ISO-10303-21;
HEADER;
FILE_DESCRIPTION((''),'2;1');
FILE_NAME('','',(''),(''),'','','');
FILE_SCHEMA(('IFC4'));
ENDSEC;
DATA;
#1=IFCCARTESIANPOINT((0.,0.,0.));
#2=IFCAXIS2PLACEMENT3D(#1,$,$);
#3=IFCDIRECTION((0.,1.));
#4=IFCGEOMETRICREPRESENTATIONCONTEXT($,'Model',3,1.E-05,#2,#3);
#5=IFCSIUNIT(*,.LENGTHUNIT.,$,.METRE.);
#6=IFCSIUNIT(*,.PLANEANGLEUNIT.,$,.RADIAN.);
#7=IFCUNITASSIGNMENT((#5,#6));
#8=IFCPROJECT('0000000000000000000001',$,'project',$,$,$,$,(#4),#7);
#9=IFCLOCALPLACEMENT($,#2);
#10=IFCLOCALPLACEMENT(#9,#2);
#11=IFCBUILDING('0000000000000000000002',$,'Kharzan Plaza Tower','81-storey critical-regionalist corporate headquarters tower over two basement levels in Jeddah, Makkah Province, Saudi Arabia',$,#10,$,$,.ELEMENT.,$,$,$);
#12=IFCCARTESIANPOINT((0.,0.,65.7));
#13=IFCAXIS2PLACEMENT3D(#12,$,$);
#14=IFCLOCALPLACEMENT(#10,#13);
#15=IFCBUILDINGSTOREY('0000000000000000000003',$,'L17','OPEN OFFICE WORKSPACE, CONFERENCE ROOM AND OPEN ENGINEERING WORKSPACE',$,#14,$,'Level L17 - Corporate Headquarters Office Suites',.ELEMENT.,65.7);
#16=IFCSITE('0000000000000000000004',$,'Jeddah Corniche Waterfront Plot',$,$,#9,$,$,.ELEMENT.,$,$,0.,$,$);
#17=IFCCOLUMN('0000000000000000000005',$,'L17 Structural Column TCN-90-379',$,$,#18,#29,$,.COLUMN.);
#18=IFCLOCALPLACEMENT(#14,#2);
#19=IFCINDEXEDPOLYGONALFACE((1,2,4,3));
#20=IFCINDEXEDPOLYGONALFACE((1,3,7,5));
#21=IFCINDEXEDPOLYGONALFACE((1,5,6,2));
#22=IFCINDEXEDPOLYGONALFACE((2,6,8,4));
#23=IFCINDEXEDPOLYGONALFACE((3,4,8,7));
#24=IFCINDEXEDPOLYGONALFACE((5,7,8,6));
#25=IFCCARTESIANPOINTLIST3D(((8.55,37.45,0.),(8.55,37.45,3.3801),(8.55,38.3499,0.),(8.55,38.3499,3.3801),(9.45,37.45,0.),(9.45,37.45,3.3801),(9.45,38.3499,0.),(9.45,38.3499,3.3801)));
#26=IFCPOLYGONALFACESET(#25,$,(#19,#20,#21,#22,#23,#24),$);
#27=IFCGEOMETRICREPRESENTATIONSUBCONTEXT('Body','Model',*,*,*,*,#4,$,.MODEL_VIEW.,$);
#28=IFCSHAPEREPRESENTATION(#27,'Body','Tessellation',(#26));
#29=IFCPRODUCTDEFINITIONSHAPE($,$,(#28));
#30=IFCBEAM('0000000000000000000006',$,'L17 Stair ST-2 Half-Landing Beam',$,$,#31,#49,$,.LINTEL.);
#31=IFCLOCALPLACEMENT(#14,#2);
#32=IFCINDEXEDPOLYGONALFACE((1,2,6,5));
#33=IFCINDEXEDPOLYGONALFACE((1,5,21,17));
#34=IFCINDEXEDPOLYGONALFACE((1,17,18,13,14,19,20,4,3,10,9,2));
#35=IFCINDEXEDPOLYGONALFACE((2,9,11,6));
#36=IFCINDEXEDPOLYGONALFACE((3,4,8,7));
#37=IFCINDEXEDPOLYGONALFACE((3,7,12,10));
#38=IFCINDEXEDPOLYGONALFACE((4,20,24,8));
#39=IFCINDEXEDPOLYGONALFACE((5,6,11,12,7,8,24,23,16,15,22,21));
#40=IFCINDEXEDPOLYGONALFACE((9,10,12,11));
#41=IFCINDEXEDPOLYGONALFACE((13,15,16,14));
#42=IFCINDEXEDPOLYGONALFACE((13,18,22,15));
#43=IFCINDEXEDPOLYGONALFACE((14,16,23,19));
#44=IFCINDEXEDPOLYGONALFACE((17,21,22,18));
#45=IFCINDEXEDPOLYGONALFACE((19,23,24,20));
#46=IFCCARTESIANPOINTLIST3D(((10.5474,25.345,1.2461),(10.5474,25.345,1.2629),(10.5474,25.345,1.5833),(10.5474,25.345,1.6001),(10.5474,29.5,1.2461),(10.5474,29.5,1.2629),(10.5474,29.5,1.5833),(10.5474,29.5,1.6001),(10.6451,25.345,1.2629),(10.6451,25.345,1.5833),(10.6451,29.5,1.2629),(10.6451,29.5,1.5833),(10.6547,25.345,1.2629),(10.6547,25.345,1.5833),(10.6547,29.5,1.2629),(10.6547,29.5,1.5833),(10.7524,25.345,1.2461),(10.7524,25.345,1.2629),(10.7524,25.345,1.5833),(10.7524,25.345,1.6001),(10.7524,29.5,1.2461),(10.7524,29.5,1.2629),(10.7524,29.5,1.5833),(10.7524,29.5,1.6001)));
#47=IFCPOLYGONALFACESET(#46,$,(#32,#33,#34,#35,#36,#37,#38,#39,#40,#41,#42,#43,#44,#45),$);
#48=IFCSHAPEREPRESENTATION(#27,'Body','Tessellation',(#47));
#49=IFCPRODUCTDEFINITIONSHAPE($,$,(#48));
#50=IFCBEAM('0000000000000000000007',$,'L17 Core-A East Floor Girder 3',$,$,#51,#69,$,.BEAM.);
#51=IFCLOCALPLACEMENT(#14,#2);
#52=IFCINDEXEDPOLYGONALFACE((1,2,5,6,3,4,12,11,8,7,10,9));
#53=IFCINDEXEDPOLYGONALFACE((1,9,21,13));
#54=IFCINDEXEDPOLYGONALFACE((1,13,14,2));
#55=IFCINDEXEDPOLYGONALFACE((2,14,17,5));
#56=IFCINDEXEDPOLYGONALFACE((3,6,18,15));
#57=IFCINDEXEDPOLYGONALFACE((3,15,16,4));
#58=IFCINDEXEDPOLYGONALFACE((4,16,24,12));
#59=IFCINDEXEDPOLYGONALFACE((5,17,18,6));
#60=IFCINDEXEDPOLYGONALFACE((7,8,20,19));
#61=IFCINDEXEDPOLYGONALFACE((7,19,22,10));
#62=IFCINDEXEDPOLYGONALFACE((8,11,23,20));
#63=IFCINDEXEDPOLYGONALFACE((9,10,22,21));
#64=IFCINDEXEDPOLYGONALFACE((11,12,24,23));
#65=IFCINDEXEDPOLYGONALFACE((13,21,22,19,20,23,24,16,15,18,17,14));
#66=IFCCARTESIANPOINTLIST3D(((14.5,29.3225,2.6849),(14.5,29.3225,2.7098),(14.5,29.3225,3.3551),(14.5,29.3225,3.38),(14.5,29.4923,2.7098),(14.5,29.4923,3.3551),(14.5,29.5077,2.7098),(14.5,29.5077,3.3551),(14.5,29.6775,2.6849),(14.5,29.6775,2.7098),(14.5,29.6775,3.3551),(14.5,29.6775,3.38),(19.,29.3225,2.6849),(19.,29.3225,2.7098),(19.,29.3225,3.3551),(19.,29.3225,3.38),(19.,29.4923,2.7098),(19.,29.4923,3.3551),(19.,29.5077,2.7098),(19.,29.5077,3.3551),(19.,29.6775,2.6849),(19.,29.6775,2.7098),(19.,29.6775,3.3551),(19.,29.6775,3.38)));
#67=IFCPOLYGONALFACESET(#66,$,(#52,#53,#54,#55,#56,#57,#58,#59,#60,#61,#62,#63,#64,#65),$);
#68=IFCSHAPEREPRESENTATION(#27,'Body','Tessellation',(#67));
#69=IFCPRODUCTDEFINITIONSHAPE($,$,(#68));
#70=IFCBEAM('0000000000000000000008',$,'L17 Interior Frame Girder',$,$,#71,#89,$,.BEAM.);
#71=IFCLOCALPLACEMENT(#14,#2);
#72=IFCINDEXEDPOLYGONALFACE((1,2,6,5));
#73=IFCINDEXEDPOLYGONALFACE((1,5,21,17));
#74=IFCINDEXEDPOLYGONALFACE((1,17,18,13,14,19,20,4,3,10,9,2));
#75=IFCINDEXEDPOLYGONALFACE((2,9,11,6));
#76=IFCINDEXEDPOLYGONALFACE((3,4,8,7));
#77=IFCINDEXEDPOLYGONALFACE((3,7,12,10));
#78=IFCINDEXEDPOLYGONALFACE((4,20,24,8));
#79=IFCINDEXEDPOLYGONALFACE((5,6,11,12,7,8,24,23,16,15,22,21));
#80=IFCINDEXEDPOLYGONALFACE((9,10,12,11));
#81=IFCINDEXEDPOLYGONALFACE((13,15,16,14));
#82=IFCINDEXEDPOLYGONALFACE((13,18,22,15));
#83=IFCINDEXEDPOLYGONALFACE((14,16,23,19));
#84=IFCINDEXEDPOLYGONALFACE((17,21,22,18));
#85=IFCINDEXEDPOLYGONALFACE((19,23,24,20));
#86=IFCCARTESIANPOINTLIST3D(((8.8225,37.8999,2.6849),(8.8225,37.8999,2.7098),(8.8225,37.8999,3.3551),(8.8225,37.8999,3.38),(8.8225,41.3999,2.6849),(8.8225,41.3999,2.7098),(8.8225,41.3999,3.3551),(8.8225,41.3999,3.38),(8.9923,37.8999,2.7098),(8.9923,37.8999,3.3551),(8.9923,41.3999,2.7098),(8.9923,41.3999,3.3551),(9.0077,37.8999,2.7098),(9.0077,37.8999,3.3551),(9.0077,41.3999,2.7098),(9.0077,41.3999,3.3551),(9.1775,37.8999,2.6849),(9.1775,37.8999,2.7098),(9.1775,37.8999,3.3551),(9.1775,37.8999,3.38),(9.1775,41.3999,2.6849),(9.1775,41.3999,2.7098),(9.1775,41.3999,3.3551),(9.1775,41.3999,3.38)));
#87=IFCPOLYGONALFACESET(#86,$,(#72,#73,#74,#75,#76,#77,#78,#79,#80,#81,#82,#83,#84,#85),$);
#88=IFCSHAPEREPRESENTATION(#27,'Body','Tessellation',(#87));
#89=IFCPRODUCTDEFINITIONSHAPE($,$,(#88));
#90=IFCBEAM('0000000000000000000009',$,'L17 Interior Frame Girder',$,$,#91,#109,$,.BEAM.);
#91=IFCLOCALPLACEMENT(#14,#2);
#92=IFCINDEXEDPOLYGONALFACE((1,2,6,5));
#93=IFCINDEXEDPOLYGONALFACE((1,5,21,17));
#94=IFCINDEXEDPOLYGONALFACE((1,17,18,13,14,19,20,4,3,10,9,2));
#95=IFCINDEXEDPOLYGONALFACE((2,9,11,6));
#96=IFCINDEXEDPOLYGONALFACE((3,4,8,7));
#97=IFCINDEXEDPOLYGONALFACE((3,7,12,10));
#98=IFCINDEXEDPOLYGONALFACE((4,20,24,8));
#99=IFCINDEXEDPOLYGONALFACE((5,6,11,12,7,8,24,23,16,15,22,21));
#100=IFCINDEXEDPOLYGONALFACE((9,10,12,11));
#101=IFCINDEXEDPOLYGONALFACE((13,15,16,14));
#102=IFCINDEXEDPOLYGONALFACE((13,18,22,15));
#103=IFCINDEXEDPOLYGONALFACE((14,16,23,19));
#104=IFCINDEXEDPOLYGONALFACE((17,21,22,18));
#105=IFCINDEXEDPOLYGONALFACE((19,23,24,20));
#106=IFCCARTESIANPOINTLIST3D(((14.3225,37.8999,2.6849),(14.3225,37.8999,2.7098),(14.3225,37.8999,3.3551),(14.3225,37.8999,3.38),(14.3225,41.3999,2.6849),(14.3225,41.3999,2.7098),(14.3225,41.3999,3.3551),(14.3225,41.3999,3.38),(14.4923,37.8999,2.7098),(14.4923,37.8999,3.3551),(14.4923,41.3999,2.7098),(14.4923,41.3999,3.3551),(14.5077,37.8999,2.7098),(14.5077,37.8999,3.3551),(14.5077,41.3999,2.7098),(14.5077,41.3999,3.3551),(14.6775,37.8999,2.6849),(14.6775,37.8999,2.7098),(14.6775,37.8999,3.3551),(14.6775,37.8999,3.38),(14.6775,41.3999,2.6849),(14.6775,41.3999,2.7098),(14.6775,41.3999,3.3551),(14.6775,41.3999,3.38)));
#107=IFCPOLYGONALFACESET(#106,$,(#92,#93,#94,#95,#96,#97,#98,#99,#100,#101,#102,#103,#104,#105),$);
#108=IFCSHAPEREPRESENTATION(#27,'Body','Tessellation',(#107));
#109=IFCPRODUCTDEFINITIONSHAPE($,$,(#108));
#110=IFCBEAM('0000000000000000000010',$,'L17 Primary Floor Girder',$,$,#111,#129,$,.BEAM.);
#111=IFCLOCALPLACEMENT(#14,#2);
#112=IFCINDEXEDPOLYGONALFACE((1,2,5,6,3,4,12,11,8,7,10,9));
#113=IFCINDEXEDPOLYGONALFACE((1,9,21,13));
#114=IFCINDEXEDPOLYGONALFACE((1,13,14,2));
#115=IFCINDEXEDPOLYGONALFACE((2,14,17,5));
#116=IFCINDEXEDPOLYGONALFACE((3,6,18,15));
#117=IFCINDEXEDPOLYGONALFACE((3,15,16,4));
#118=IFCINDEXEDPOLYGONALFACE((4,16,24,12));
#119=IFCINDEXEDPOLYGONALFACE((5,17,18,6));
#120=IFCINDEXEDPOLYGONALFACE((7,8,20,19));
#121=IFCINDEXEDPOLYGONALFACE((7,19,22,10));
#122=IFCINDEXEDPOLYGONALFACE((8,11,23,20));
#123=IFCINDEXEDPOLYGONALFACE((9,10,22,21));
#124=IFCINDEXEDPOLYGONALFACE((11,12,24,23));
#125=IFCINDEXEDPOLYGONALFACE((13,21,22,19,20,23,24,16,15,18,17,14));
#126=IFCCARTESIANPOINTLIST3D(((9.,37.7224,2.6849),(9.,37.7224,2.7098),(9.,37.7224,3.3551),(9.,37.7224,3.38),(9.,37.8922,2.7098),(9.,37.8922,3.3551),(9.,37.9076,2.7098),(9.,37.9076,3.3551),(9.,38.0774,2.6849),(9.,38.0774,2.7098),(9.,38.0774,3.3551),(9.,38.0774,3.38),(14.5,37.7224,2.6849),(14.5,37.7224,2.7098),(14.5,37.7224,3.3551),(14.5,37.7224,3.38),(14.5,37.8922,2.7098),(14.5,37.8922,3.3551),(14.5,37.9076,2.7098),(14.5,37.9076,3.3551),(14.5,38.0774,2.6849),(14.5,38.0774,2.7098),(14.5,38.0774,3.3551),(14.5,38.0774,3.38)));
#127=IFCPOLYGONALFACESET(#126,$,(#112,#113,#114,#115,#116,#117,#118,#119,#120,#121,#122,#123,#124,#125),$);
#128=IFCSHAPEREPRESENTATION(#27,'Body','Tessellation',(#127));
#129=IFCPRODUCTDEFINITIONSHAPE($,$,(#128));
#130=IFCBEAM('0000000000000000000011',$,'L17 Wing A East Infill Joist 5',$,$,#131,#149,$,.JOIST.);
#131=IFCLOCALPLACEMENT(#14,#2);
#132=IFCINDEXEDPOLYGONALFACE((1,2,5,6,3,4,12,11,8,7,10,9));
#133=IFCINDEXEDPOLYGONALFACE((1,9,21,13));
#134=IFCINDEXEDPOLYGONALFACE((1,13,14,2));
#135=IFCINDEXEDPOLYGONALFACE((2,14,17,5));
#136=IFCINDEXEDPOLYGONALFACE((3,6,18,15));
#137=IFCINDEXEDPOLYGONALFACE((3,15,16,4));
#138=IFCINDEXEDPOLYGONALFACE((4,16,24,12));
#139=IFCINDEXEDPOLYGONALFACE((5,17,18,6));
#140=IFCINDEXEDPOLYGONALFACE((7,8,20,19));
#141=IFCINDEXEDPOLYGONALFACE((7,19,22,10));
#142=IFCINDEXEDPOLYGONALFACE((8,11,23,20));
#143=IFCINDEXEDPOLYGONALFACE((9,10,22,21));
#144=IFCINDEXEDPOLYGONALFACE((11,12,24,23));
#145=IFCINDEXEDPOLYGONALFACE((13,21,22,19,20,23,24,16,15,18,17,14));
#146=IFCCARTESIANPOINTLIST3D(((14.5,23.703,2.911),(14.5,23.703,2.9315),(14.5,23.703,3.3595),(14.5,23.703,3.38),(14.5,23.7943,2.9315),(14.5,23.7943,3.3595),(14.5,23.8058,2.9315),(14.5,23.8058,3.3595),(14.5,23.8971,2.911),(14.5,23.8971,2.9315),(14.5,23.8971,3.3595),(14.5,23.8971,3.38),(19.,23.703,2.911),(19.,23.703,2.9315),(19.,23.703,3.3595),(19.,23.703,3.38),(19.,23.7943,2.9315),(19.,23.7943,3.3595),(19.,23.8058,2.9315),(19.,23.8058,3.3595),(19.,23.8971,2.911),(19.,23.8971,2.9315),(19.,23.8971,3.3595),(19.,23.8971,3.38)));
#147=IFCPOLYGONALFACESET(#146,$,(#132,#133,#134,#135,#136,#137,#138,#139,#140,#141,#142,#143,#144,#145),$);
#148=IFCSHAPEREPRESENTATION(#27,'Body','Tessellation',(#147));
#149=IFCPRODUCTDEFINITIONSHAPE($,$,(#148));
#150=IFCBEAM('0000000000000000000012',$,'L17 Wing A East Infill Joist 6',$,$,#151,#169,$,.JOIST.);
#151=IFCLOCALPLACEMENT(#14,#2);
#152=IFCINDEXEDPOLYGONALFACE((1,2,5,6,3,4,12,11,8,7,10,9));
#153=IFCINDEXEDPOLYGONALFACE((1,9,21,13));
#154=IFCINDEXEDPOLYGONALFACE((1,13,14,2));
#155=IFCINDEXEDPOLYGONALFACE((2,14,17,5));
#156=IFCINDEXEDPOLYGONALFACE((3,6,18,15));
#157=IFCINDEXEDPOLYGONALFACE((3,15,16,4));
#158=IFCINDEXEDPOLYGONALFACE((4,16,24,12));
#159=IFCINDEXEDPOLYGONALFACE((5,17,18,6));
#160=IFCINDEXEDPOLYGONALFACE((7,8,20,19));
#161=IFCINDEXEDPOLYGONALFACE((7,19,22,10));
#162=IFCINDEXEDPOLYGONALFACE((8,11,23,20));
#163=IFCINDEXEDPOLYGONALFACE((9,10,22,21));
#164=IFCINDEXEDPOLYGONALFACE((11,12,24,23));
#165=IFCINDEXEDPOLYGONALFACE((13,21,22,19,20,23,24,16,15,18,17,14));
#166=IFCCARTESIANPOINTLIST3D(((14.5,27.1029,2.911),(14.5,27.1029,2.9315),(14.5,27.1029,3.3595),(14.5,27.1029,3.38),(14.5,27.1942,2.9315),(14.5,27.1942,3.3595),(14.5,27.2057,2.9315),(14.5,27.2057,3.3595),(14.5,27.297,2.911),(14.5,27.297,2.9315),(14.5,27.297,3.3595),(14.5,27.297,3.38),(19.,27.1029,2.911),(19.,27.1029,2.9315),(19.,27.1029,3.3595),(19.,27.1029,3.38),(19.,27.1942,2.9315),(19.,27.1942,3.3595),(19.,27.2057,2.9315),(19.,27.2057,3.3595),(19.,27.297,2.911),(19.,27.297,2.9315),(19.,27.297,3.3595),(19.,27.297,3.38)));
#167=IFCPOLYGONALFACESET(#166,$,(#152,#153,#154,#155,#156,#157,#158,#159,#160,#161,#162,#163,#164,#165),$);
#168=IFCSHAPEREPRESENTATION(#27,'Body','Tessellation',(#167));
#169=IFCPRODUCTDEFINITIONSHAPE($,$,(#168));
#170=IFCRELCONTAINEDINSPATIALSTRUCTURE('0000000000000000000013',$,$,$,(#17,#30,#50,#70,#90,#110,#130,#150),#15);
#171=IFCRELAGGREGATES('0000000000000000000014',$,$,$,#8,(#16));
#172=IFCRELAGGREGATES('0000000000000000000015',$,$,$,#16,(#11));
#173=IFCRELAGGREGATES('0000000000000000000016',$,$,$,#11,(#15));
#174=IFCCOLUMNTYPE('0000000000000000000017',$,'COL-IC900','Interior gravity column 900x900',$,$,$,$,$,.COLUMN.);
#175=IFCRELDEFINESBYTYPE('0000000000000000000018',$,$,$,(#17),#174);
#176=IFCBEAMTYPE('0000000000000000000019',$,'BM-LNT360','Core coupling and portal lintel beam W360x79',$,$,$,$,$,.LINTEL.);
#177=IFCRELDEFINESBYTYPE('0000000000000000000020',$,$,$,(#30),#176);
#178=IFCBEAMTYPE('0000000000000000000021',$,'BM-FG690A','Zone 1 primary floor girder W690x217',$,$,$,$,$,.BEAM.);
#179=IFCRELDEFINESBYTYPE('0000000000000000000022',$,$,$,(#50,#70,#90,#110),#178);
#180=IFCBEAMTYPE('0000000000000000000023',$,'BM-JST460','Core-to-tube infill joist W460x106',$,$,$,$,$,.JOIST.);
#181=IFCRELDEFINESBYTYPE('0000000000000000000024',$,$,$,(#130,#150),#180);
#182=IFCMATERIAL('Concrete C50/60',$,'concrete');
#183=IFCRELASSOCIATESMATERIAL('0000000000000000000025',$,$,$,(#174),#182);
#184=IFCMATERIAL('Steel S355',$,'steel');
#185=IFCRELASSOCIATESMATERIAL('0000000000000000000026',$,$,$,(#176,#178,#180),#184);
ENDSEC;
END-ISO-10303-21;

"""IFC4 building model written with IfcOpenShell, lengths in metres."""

from ifc_helpers import new_model, si_unit, direction, frame, origin, origin_2d, place, context, subcontext, project, spatial, rectangle, i_section, extrude, source, transform, mapped, material, material_profile, profile_set, type_object, element, save


model = new_model("IFC4")

# Units and contexts
model_context = context("Model", 3, precision=1e-05, world=origin(), true_north=direction((0.0, 1.0)))
body_context = subcontext(model_context, "Body", "Model", "MODEL_VIEW")
ifc_project = project(units=[si_unit("LENGTHUNIT", "METRE"), si_unit("PLANEANGLEUNIT", "RADIAN")], contexts=[model_context])

# Site, building, storey
site_placement = place(None, origin())
site = spatial("IfcSite", under=ifc_project, at=site_placement, Name="Jeddah Corniche Waterfront Plot", CompositionType="ELEMENT", RefElevation=0.0)
building_placement = place(site_placement, origin())
building = spatial("IfcBuilding", under=site, at=building_placement, Name="Kharzan Plaza Tower", Description="81-storey critical-regionalist corporate headquarters tower over two basement levels in Jeddah, Makkah Province, Saudi Arabia", CompositionType="ELEMENT")
storey_placement = place(building_placement, frame((0.0, 0.0, 65.7)))
storey = spatial("IfcBuildingStorey", under=building, at=storey_placement, Name="L17", Description="OPEN OFFICE WORKSPACE, CONFERENCE ROOM AND OPEN ENGINEERING WORKSPACE", LongName="Level L17 - Corporate Headquarters Office Suites", CompositionType="ELEMENT", Elevation=65.7)

# Column
ifc_material_1 = material(Name="Concrete C50/60", Category="concrete")
ifc_material_profile_1 = material_profile(ifc_material_1, rectangle(XDim=0.8999, YDim=0.8999, at=origin_2d()), Name="RC-IC900x900")
ifc_profile_set_1 = profile_set([ifc_material_profile_1], Name="Concrete C50/60")
column_type = type_object("IfcColumnType", Name="COL-IC900", Description="Interior gravity column 900x900", PredefinedType="COLUMN", material=ifc_profile_set_1)
shared_shape_1 = source(origin(), body_context, "Body", "SweptSolid", [
    extrude(rectangle(XDim=0.8999, YDim=0.8999, at=origin_2d()), origin(), (0.0, 0.0, 1.0), 3.3801),
])
column_placement = place(storey_placement, frame((9.0, 37.8999, 0.0), z_axis=(0.0, 0.0, 1.0), x_axis=(1.0, 0.0, 0.0)))
element("IfcColumn", 1, at=column_placement, inside=storey, type_object=column_type, Name="L17 Structural Column TCN-90-379", PredefinedType="COLUMN", context=body_context, shape_type="MappedRepresentation", body=[
    mapped(shared_shape_1, transform((0.0, 0.0, 0.0), x_axis=(1.0, 0.0, 0.0), y_axis=(0.0, 1.0, 0.0), z_axis=(0.0, 0.0, 1.0))),
])

# Beams
ifc_material_2 = material(Name="Steel S355", Category="steel")
ifc_material_profile_2 = material_profile(ifc_material_2, i_section(OverallWidth=0.2051, OverallDepth=0.354, WebThickness=0.0095, FlangeThickness=0.0168, at=origin_2d()), Name="W360x79")
ifc_profile_set_2 = profile_set([ifc_material_profile_2], Name="Steel S355")
beam_type_1 = type_object("IfcBeamType", Name="BM-LNT360", Description="Core coupling and portal lintel beam W360x79", PredefinedType="LINTEL", material=ifc_profile_set_2)
shared_shape_2 = source(origin(), body_context, "Body", "SweptSolid", [
    extrude(i_section(OverallWidth=0.2051, OverallDepth=0.354, WebThickness=0.0095, FlangeThickness=0.0168, at=origin_2d()), origin(), (0.0, 0.0, 1.0), 4.155),
])
beam_1_placement = place(storey_placement, frame((10.6499, 25.345, 1.4231), z_axis=(0.0, 1.0, 0.0), x_axis=(-1.0, 0.0, 0.0)))
element("IfcBeam", 2, at=beam_1_placement, inside=storey, type_object=beam_type_1, Name="L17 Stair ST-2 Half-Landing Beam", PredefinedType="LINTEL", context=body_context, shape_type="MappedRepresentation", body=[
    mapped(shared_shape_2, transform((0.0, 0.0, 0.0), x_axis=(1.0, 0.0, 0.0), y_axis=(0.0, 1.0, 0.0), z_axis=(0.0, 0.0, 1.0))),
])
ifc_material_profile_3 = material_profile(ifc_material_2, i_section(OverallWidth=0.355, OverallDepth=0.6951, WebThickness=0.0154, FlangeThickness=0.0249, at=origin_2d()), Name="W690x217")
ifc_profile_set_3 = profile_set([ifc_material_profile_3], Name="Steel S355")
beam_type_2 = type_object("IfcBeamType", Name="BM-FG690A", Description="Zone 1 primary floor girder W690x217", PredefinedType="BEAM", material=ifc_profile_set_3)
shared_shape_3 = source(origin(), body_context, "Body", "SweptSolid", [
    extrude(i_section(OverallWidth=0.355, OverallDepth=0.6951, WebThickness=0.0154, FlangeThickness=0.0249, at=origin_2d()), origin(), (0.0, 0.0, 1.0), 4.5),
])
beam_2_placement = place(storey_placement, frame((14.5, 29.5, 3.0325), z_axis=(1.0, 0.0, 0.0), x_axis=(0.0, 1.0, 0.0)))
element("IfcBeam", 3, at=beam_2_placement, inside=storey, type_object=beam_type_2, Name="L17 Core-A East Floor Girder 3", PredefinedType="BEAM", context=body_context, shape_type="MappedRepresentation", body=[
    mapped(shared_shape_3, transform((0.0, 0.0, 0.0), x_axis=(1.0, 0.0, 0.0), y_axis=(0.0, 1.0, 0.0), z_axis=(0.0, 0.0, 1.0))),
])
shared_shape_4 = source(origin(), body_context, "Body", "SweptSolid", [
    extrude(i_section(OverallWidth=0.355, OverallDepth=0.6951, WebThickness=0.0154, FlangeThickness=0.0249, at=origin_2d()), origin(), (0.0, 0.0, 1.0), 3.5),
])
for number, where, z_axis, x_axis, name in (
    (4, (9.0, 37.8999, 3.0325), (0.0, 1.0, 0.0), (-1.0, 0.0, 0.0), "L17 Interior Frame Girder"),
    (5, (14.5, 37.8999, 3.0325), (0.0, 1.0, 0.0), (-1.0, 0.0, 0.0), "L17 Interior Frame Girder"),
):
    element("IfcBeam", number, at=place(storey_placement, frame(where, z_axis=z_axis, x_axis=x_axis)), inside=storey, type_object=beam_type_2, Name=name, PredefinedType="BEAM", context=body_context, shape_type="MappedRepresentation", body=[
        mapped(shared_shape_4, transform((0.0, 0.0, 0.0), x_axis=(1.0, 0.0, 0.0), y_axis=(0.0, 1.0, 0.0), z_axis=(0.0, 0.0, 1.0))),
    ])
shared_shape_5 = source(origin(), body_context, "Body", "SweptSolid", [
    extrude(i_section(OverallWidth=0.355, OverallDepth=0.6951, WebThickness=0.0154, FlangeThickness=0.0249, at=origin_2d()), origin(), (0.0, 0.0, 1.0), 5.5),
])
beam_3_placement = place(storey_placement, frame((9.0, 37.8999, 3.0325), z_axis=(1.0, 0.0, 0.0), x_axis=(0.0, 1.0, 0.0)))
element("IfcBeam", 6, at=beam_3_placement, inside=storey, type_object=beam_type_2, Name="L17 Primary Floor Girder", PredefinedType="BEAM", context=body_context, shape_type="MappedRepresentation", body=[
    mapped(shared_shape_5, transform((0.0, 0.0, 0.0), x_axis=(1.0, 0.0, 0.0), y_axis=(0.0, 1.0, 0.0), z_axis=(0.0, 0.0, 1.0))),
])
ifc_material_profile_4 = material_profile(ifc_material_2, i_section(OverallWidth=0.1941, OverallDepth=0.469, WebThickness=0.0115, FlangeThickness=0.0205, at=origin_2d()), Name="W460x106")
ifc_profile_set_4 = profile_set([ifc_material_profile_4], Name="Steel S355")
beam_type_3 = type_object("IfcBeamType", Name="BM-JST460", Description="Core-to-tube infill joist W460x106", PredefinedType="JOIST", material=ifc_profile_set_4)
shared_shape_6 = source(origin(), body_context, "Body", "SweptSolid", [
    extrude(i_section(OverallWidth=0.1941, OverallDepth=0.469, WebThickness=0.0115, FlangeThickness=0.0205, at=origin_2d()), origin(), (0.0, 0.0, 1.0), 4.5),
])
for number, where, z_axis, x_axis, name in (
    (7, (14.5, 23.8, 3.1455), (1.0, 0.0, 0.0), (0.0, 1.0, 0.0), "L17 Wing A East Infill Joist 5"),
    (8, (14.5, 27.2, 3.1455), (1.0, 0.0, 0.0), (0.0, 1.0, 0.0), "L17 Wing A East Infill Joist 6"),
):
    element("IfcBeam", number, at=place(storey_placement, frame(where, z_axis=z_axis, x_axis=x_axis)), inside=storey, type_object=beam_type_3, Name=name, PredefinedType="JOIST", context=body_context, shape_type="MappedRepresentation", body=[
        mapped(shared_shape_6, transform((0.0, 0.0, 0.0), x_axis=(1.0, 0.0, 0.0), y_axis=(0.0, 1.0, 0.0), z_axis=(0.0, 0.0, 1.0))),
    ])

save(model, "model.ifc")
